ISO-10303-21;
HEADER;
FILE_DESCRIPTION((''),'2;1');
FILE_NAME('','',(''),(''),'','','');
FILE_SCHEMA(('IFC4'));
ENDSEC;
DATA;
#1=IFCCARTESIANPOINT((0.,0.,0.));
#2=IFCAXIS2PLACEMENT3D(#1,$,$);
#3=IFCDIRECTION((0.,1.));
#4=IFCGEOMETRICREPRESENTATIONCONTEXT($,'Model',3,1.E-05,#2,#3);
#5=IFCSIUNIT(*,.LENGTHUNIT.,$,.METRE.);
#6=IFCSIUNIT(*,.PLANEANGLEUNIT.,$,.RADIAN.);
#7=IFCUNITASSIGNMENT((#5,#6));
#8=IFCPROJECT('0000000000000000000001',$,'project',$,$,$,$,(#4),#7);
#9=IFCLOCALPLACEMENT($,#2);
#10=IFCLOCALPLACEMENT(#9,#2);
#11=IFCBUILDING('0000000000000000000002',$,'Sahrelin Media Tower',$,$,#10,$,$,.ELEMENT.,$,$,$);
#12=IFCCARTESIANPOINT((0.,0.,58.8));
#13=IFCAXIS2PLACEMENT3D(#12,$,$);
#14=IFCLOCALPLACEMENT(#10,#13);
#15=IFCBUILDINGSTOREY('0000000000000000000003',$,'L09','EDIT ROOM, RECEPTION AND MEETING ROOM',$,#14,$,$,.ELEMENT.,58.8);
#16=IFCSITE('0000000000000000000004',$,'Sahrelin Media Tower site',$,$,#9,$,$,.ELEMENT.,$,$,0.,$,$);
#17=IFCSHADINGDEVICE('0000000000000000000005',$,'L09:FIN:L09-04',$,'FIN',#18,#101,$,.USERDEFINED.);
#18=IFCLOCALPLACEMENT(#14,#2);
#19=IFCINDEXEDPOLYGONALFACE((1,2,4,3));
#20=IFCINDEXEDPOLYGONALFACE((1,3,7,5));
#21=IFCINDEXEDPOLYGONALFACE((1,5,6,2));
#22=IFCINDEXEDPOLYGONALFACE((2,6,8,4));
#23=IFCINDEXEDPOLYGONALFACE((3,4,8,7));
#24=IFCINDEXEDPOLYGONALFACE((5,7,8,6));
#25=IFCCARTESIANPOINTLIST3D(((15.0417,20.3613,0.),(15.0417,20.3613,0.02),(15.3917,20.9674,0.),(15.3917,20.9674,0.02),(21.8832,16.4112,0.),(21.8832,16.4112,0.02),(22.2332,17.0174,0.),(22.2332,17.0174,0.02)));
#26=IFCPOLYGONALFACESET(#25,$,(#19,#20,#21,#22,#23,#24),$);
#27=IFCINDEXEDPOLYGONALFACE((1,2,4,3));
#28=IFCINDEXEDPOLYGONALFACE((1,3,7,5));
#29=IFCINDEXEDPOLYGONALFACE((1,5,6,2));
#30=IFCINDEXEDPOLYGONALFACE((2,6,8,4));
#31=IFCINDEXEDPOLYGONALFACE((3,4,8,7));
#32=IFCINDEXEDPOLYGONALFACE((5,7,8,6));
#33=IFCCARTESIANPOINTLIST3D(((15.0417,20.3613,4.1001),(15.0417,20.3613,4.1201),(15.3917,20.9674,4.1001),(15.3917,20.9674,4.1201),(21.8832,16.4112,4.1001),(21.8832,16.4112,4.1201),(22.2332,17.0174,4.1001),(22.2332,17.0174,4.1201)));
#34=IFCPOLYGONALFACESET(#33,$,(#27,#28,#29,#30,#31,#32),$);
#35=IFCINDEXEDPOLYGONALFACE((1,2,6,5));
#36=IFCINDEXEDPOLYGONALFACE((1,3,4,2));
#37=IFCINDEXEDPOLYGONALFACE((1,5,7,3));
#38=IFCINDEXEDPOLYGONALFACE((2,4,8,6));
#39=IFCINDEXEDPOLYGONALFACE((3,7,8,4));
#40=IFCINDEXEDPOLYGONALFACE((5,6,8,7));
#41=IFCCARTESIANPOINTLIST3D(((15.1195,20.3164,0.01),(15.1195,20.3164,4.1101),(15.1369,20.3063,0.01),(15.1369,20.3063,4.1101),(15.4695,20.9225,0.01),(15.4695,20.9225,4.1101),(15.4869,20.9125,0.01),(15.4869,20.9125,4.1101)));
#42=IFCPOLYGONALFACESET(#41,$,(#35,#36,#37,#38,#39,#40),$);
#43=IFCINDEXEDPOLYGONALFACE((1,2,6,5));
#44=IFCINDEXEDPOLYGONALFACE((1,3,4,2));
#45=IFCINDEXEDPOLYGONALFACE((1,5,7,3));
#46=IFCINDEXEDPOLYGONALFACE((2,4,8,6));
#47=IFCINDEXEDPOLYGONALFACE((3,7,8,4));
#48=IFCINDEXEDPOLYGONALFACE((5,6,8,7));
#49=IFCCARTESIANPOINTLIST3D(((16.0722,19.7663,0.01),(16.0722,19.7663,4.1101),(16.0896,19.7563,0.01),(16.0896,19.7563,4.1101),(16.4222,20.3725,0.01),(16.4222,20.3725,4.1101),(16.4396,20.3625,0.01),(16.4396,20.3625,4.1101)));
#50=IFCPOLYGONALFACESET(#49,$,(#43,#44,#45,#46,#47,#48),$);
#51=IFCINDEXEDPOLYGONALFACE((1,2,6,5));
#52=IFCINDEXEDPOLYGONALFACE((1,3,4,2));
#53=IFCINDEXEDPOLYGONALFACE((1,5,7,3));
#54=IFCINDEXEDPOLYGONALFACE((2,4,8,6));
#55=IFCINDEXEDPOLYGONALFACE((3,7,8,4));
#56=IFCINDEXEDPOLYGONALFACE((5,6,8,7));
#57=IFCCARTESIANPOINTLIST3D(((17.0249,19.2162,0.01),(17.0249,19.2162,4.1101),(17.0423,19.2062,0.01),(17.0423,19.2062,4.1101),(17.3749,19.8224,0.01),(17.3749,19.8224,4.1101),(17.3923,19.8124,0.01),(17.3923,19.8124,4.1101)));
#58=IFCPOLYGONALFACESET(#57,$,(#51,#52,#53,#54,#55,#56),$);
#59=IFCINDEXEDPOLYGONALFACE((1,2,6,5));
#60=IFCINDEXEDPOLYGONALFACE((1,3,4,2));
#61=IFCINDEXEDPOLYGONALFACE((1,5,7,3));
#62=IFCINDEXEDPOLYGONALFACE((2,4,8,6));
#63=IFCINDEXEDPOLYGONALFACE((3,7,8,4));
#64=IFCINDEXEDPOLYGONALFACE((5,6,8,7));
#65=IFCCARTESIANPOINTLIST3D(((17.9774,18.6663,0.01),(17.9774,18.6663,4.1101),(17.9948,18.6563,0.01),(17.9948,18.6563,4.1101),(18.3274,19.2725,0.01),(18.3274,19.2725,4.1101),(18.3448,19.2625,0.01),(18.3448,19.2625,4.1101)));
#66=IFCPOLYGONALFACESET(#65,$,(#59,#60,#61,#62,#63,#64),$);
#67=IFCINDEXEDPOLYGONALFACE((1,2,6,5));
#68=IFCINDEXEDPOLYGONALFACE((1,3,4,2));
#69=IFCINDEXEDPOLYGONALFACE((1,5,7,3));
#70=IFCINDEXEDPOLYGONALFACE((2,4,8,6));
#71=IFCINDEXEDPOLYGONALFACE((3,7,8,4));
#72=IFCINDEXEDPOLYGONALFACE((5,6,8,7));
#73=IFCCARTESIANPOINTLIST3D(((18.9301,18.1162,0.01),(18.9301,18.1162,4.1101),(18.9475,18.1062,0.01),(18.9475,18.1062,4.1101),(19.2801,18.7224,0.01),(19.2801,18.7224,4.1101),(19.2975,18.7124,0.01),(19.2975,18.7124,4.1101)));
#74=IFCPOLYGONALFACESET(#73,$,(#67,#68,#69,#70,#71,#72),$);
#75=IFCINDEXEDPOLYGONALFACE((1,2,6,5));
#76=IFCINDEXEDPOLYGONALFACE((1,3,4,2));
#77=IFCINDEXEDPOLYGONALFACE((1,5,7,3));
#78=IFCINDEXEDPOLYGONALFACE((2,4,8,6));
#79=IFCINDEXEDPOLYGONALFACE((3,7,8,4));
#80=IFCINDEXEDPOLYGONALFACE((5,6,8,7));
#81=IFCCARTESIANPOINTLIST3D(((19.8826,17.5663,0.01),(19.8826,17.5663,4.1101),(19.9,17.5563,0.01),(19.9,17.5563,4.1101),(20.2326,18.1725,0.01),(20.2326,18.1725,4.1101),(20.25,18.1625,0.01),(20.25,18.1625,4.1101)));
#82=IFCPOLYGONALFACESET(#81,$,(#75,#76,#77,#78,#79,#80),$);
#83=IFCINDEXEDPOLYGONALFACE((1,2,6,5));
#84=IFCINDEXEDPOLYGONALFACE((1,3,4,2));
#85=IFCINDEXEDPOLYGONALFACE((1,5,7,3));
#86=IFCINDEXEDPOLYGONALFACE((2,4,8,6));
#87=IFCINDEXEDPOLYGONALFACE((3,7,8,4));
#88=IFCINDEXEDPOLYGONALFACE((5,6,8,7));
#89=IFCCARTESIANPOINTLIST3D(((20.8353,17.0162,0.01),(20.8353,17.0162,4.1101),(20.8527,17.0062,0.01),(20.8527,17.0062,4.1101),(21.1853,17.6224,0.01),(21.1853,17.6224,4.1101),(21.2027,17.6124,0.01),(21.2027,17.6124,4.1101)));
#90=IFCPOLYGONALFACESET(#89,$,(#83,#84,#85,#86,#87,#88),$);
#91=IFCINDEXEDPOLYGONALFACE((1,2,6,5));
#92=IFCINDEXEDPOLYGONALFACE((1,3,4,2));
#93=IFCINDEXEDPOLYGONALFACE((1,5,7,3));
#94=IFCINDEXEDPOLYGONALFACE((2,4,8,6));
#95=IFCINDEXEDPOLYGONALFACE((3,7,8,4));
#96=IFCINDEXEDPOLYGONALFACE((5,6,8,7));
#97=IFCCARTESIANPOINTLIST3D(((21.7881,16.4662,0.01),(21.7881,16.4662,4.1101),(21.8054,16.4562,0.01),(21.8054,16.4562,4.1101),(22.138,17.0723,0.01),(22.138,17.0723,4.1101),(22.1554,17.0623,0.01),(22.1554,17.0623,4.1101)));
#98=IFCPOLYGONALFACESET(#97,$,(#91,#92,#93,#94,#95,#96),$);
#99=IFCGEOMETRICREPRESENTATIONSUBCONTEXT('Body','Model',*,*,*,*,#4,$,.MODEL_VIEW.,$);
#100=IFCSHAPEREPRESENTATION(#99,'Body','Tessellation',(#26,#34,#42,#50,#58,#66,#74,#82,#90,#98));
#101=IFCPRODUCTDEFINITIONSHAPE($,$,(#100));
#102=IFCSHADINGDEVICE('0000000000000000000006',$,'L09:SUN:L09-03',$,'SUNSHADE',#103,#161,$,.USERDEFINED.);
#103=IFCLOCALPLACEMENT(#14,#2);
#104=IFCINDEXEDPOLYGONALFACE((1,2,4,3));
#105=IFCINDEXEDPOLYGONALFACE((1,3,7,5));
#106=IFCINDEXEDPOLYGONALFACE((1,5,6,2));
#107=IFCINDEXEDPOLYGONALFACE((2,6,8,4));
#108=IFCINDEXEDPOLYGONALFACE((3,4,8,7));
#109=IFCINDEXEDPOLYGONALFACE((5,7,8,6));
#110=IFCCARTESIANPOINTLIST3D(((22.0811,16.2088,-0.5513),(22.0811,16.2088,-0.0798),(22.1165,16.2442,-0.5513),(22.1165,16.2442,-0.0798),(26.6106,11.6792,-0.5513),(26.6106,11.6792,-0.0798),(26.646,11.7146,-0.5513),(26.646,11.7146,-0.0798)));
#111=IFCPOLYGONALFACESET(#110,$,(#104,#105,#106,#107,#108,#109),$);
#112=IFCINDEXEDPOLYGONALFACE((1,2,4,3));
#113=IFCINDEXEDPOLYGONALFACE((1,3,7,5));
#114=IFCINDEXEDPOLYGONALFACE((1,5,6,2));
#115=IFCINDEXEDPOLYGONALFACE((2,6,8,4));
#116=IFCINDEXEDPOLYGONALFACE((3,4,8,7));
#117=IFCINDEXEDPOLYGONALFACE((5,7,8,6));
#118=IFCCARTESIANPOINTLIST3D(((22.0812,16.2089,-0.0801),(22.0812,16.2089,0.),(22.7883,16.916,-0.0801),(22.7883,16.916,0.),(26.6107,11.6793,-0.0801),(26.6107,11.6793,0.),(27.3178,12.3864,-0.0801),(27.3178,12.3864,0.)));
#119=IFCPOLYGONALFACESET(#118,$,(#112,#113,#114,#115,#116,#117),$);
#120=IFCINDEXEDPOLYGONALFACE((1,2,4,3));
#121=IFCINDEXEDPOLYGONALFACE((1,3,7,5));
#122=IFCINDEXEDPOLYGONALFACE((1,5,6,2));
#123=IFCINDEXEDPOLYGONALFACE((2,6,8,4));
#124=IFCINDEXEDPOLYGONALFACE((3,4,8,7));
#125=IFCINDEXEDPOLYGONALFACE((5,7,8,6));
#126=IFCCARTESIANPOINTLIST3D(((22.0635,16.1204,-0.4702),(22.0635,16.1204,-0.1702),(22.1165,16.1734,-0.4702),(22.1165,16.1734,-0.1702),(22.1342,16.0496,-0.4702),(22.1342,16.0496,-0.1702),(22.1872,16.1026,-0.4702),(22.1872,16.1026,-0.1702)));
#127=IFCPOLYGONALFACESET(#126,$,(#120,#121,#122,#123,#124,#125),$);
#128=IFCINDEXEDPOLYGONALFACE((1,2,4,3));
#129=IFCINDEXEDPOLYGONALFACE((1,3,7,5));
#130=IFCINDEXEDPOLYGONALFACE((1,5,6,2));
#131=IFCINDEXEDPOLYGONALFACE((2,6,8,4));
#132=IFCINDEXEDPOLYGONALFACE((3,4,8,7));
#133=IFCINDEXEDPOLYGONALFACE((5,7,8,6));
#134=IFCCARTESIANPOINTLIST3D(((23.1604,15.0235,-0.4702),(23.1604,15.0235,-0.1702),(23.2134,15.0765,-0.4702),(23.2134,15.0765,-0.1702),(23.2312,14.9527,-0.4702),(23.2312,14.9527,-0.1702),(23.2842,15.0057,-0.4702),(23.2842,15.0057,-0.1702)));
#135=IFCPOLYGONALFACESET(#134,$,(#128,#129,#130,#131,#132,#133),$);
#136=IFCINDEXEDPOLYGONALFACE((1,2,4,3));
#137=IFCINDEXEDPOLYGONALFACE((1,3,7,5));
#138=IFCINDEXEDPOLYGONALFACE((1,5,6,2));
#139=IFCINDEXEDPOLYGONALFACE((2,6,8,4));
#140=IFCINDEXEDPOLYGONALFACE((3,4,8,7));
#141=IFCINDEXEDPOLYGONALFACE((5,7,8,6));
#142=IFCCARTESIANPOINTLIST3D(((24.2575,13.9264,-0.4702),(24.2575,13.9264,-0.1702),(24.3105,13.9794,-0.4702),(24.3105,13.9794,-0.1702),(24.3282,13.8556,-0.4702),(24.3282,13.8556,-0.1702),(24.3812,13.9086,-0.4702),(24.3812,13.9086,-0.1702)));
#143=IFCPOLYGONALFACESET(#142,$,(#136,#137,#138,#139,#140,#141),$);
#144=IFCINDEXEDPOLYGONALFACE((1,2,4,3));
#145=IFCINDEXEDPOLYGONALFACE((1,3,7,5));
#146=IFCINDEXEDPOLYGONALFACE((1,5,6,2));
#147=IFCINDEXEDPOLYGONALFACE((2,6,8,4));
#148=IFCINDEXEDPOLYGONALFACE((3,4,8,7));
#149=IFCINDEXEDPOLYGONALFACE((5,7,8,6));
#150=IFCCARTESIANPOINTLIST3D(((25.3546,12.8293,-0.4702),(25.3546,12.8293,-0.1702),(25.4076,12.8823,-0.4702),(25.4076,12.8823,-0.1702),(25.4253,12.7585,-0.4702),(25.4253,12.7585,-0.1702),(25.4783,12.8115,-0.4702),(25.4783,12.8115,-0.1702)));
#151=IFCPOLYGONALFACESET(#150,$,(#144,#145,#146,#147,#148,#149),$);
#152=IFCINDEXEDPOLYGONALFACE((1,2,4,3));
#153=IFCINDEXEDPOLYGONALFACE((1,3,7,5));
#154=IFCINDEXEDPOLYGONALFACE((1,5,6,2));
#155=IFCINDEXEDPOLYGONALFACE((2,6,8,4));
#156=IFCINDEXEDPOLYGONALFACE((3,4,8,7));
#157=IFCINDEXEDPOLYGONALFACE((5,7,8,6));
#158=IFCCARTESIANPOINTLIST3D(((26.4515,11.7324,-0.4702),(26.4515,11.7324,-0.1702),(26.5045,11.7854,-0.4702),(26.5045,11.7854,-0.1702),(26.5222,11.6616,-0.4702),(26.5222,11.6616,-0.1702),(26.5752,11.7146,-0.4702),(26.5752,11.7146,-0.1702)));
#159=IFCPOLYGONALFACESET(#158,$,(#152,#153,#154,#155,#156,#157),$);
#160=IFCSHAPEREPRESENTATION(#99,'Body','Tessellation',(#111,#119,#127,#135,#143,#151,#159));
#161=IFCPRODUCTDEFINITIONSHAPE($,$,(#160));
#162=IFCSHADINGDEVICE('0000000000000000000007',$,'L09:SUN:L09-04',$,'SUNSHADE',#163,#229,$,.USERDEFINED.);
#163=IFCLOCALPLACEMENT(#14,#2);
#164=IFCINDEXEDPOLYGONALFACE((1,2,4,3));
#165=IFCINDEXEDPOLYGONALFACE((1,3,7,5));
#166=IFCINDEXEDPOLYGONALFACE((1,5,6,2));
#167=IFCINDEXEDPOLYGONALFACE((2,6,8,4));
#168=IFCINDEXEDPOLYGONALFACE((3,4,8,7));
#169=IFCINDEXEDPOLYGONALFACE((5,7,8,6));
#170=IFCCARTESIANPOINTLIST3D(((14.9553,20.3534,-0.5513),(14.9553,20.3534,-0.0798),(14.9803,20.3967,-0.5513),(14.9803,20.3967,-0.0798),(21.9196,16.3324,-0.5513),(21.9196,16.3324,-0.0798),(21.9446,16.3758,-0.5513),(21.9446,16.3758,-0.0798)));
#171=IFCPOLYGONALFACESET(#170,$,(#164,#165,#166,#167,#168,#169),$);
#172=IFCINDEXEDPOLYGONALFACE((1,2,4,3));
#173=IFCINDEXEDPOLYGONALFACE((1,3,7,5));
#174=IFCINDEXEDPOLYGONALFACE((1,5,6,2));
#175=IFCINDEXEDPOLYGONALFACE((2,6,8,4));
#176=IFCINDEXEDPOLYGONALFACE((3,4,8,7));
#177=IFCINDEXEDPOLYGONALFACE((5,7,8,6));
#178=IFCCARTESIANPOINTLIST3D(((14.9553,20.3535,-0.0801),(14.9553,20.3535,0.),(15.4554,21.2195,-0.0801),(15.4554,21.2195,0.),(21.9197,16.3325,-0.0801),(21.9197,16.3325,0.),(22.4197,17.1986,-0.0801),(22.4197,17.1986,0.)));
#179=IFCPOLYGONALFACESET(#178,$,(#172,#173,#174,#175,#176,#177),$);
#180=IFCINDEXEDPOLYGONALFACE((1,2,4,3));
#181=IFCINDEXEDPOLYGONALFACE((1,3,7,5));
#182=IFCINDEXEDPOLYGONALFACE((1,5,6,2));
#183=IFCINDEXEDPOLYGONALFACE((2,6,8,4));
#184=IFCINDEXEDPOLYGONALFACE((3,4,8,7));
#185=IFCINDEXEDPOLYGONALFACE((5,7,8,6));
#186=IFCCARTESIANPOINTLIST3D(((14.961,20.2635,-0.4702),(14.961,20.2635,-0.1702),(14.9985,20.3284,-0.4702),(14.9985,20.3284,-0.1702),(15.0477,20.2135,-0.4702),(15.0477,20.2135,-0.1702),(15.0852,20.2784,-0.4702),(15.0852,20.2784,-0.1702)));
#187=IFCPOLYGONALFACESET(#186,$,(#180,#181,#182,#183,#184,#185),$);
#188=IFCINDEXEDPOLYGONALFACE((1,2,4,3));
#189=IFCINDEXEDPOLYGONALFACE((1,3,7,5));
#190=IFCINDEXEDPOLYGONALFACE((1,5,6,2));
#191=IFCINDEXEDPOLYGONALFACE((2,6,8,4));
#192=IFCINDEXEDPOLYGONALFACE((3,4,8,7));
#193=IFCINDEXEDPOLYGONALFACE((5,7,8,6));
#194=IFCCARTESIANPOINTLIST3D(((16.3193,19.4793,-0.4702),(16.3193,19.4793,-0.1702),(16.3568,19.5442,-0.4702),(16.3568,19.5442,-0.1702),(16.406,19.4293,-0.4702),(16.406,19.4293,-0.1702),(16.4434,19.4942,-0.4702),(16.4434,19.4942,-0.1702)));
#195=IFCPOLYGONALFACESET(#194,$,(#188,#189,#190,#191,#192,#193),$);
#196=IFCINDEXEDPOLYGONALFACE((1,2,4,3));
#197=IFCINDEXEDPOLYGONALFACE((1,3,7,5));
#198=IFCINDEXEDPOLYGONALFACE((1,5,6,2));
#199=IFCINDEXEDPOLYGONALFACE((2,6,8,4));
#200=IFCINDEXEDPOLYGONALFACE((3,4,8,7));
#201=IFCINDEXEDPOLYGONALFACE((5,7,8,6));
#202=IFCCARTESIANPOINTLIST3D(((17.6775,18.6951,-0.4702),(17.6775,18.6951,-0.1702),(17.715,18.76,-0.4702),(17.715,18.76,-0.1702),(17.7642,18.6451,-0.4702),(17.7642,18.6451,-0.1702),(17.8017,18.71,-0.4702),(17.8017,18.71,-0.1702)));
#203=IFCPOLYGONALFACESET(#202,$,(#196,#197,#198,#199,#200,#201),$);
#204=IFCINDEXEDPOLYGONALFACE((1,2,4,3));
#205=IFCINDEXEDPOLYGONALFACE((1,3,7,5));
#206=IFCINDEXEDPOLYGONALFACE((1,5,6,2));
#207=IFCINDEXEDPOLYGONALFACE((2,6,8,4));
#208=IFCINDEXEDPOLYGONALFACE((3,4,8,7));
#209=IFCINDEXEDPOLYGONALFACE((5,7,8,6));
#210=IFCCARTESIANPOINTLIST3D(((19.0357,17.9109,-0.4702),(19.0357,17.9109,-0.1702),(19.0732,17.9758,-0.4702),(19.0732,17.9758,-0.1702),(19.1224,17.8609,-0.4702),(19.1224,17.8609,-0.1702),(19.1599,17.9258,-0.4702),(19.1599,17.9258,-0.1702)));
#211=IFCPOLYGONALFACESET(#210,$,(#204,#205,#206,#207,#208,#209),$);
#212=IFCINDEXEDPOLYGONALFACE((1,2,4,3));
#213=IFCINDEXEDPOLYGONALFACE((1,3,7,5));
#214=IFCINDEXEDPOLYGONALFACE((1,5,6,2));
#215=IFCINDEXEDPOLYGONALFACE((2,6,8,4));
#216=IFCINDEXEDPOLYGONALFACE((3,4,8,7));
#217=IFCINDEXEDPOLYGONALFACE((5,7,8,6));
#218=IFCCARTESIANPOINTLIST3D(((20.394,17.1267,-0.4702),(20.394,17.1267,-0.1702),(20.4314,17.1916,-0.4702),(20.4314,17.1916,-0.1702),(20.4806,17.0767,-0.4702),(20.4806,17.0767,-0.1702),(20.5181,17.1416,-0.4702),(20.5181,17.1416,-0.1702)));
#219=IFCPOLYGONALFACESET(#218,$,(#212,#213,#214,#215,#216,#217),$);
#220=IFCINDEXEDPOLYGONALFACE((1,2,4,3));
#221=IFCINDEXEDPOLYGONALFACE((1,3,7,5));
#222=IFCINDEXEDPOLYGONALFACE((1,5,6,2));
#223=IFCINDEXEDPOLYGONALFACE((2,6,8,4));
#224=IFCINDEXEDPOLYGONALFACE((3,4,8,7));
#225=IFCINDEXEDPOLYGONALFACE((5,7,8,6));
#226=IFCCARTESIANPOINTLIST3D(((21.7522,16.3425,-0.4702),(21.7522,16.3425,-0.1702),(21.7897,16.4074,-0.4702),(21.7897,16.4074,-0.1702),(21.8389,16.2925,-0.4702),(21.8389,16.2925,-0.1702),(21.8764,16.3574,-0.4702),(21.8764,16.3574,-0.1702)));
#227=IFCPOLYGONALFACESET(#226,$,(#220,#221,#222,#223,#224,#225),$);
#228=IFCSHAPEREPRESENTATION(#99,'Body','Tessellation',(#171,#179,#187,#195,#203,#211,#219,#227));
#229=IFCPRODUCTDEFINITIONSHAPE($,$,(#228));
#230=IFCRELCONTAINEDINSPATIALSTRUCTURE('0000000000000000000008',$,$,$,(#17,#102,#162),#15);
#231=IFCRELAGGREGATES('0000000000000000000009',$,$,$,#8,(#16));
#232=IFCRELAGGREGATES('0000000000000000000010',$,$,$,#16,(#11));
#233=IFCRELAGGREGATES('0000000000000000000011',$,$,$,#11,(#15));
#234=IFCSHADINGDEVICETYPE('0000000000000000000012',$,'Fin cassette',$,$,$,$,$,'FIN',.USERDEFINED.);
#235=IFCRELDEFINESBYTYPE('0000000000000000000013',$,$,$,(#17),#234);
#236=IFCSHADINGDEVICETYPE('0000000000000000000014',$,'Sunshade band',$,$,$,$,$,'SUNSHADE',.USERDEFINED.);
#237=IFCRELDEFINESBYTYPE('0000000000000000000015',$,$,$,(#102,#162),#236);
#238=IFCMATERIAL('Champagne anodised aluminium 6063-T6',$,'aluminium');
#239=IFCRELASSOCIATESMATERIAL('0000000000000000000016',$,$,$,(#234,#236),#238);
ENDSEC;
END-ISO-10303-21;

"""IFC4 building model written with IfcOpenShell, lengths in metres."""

from ifc_helpers import new_model, si_unit, direction, frame, origin, origin_2d, place, context, subcontext, project, spatial, rectangle, extrude, material, type_object, element, save


model = new_model("IFC4")

# Units and contexts
model_context = context("Model", 3, precision=1e-05, world=origin(), true_north=direction((0.0, 1.0)))
body_context = subcontext(model_context, "Body", "Model", "MODEL_VIEW")
ifc_project = project(units=[si_unit("LENGTHUNIT", "METRE"), si_unit("PLANEANGLEUNIT", "RADIAN")], contexts=[model_context])

# Site, building, storey
site_placement = place(None, origin())
site = spatial("IfcSite", under=ifc_project, at=site_placement, Name="Sahrelin Media Tower site", CompositionType="ELEMENT", RefElevation=0.0)
building_placement = place(site_placement, origin())
building = spatial("IfcBuilding", under=site, at=building_placement, Name="Sahrelin Media Tower", CompositionType="ELEMENT")
storey_placement = place(building_placement, frame((0.0, 0.0, 58.8)))
storey = spatial("IfcBuildingStorey", under=building, at=storey_placement, Name="L09", Description="EDIT ROOM, RECEPTION AND MEETING ROOM", CompositionType="ELEMENT", Elevation=58.8)

# Shared definitions
ifc_material_1 = material(Name="Champagne anodised aluminium 6063-T6", Category="aluminium")

# Shading devices
shading_device_type_1 = type_object("IfcShadingDeviceType", Name="Fin cassette", ElementType="FIN", PredefinedType="USERDEFINED", material=ifc_material_1)
placement_1 = place(storey_placement, frame((24.3318, 13.9299, 0.0), z_axis=(0.0, 0.0, 1.0), x_axis=(0.707107, -0.707107, 0.0)))
placement_2 = place(storey_placement, frame((18.4275, 18.3257, 0.0), z_axis=(0.0, 0.0, 1.0), x_axis=(0.866019, -0.500011, 0.0)))
element("IfcShadingDevice", 1, at=placement_2, inside=storey, type_object=shading_device_type_1, Name="L09:FIN:L09-04", ObjectType="FIN", PredefinedType="USERDEFINED", context=body_context, shape_type="SweptSolid", body=[
    extrude(rectangle(XDim=7.8999, YDim=0.7, at=origin_2d()), frame((0.0, 0.4199, 0.0)), (0.0, 0.0, 1.0), 0.02),
    extrude(rectangle(XDim=7.8999, YDim=0.7, at=origin_2d()), frame((0.0, 0.4199, 4.1001)), (0.0, 0.0, 1.0), 0.02),
    extrude(rectangle(XDim=0.02, YDim=0.7, at=origin_2d()), frame((-3.8501, 0.4199, 0.01), z_axis=(0.0, 0.0, 1.0), x_axis=(1.0, 0.0, 0.0)), (0.0, 0.0, 1.0), 4.1001),
    extrude(rectangle(XDim=0.02, YDim=0.7, at=origin_2d()), frame((-2.75, 0.4199, 0.01), z_axis=(0.0, 0.0, 1.0), x_axis=(1.0, 0.0, 0.0)), (0.0, 0.0, 1.0), 4.1001),
    extrude(rectangle(XDim=0.02, YDim=0.7, at=origin_2d()), frame((-1.6499, 0.4199, 0.01), z_axis=(0.0, 0.0, 1.0), x_axis=(1.0, 0.0, 0.0)), (0.0, 0.0, 1.0), 4.1001),
    extrude(rectangle(XDim=0.02, YDim=0.7, at=origin_2d()), frame((-0.55, 0.4199, 0.01), z_axis=(0.0, 0.0, 1.0), x_axis=(1.0, 0.0, 0.0)), (0.0, 0.0, 1.0), 4.1001),
    extrude(rectangle(XDim=0.02, YDim=0.7, at=origin_2d()), frame((0.55, 0.4199, 0.01), z_axis=(0.0, 0.0, 1.0), x_axis=(1.0, 0.0, 0.0)), (0.0, 0.0, 1.0), 4.1001),
    extrude(rectangle(XDim=0.02, YDim=0.7, at=origin_2d()), frame((1.6499, 0.4199, 0.01), z_axis=(0.0, 0.0, 1.0), x_axis=(1.0, 0.0, 0.0)), (0.0, 0.0, 1.0), 4.1001),
    extrude(rectangle(XDim=0.02, YDim=0.7, at=origin_2d()), frame((2.75, 0.4199, 0.01), z_axis=(0.0, 0.0, 1.0), x_axis=(1.0, 0.0, 0.0)), (0.0, 0.0, 1.0), 4.1001),
    extrude(rectangle(XDim=0.02, YDim=0.7, at=origin_2d()), frame((3.8501, 0.4199, 0.01), z_axis=(0.0, 0.0, 1.0), x_axis=(1.0, 0.0, 0.0)), (0.0, 0.0, 1.0), 4.1001),
])
shading_device_type_2 = type_object("IfcShadingDeviceType", Name="Sunshade band", ElementType="SUNSHADE", PredefinedType="USERDEFINED", material=ifc_material_1)
element("IfcShadingDevice", 2, at=placement_1, inside=storey, type_object=shading_device_type_2, Name="L09:SUN:L09-03", ObjectType="SUNSHADE", PredefinedType="USERDEFINED", context=body_context, shape_type="SweptSolid", body=[
    extrude(rectangle(XDim=6.4058, YDim=0.05, at=origin_2d()), frame((0.0, 0.0449, -0.5513)), (0.0, 0.0, 1.0), 0.4714),
    extrude(rectangle(XDim=6.4058, YDim=1.0, at=origin_2d()), frame((0.0, 0.52, -0.0801)), (0.0, 0.0, 1.0), 0.0801),
    extrude(rectangle(XDim=0.1001, YDim=0.075, at=origin_2d()), frame((-3.1028, -0.0176, -0.4702)), (0.0, 0.0, 1.0), 0.3),
    extrude(rectangle(XDim=0.1001, YDim=0.075, at=origin_2d()), frame((-1.5515, -0.0176, -0.4702)), (0.0, 0.0, 1.0), 0.3),
    extrude(rectangle(XDim=0.1001, YDim=0.075, at=origin_2d()), frame((0.0, -0.0176, -0.4702)), (0.0, 0.0, 1.0), 0.3),
    extrude(rectangle(XDim=0.1001, YDim=0.075, at=origin_2d()), frame((1.5515, -0.0176, -0.4702)), (0.0, 0.0, 1.0), 0.3),
    extrude(rectangle(XDim=0.1001, YDim=0.075, at=origin_2d()), frame((3.1028, -0.0176, -0.4702)), (0.0, 0.0, 1.0), 0.3),
])
element("IfcShadingDevice", 3, at=placement_2, inside=storey, type_object=shading_device_type_2, Name="L09:SUN:L09-04", ObjectType="SUNSHADE", PredefinedType="USERDEFINED", context=body_context, shape_type="SweptSolid", body=[
    extrude(rectangle(XDim=8.0417, YDim=0.05, at=origin_2d()), frame((0.0, 0.0449, -0.5513)), (0.0, 0.0, 1.0), 0.4714),
    extrude(rectangle(XDim=8.0417, YDim=1.0, at=origin_2d()), frame((0.0, 0.52, -0.0801)), (0.0, 0.0, 1.0), 0.0801),
    extrude(rectangle(XDim=0.1001, YDim=0.075, at=origin_2d()), frame((-3.9209, -0.0176, -0.4702)), (0.0, 0.0, 1.0), 0.3),
    extrude(rectangle(XDim=0.1001, YDim=0.075, at=origin_2d()), frame((-2.3525, -0.0176, -0.4702)), (0.0, 0.0, 1.0), 0.3),
    extrude(rectangle(XDim=0.1001, YDim=0.075, at=origin_2d()), frame((-0.7842, -0.0176, -0.4702)), (0.0, 0.0, 1.0), 0.3),
    extrude(rectangle(XDim=0.1001, YDim=0.075, at=origin_2d()), frame((0.7842, -0.0176, -0.4702)), (0.0, 0.0, 1.0), 0.3),
    extrude(rectangle(XDim=0.1001, YDim=0.075, at=origin_2d()), frame((2.3525, -0.0176, -0.4702)), (0.0, 0.0, 1.0), 0.3),
    extrude(rectangle(XDim=0.1001, YDim=0.075, at=origin_2d()), frame((3.9209, -0.0176, -0.4702)), (0.0, 0.0, 1.0), 0.3),
])

save(model, "model.ifc")
